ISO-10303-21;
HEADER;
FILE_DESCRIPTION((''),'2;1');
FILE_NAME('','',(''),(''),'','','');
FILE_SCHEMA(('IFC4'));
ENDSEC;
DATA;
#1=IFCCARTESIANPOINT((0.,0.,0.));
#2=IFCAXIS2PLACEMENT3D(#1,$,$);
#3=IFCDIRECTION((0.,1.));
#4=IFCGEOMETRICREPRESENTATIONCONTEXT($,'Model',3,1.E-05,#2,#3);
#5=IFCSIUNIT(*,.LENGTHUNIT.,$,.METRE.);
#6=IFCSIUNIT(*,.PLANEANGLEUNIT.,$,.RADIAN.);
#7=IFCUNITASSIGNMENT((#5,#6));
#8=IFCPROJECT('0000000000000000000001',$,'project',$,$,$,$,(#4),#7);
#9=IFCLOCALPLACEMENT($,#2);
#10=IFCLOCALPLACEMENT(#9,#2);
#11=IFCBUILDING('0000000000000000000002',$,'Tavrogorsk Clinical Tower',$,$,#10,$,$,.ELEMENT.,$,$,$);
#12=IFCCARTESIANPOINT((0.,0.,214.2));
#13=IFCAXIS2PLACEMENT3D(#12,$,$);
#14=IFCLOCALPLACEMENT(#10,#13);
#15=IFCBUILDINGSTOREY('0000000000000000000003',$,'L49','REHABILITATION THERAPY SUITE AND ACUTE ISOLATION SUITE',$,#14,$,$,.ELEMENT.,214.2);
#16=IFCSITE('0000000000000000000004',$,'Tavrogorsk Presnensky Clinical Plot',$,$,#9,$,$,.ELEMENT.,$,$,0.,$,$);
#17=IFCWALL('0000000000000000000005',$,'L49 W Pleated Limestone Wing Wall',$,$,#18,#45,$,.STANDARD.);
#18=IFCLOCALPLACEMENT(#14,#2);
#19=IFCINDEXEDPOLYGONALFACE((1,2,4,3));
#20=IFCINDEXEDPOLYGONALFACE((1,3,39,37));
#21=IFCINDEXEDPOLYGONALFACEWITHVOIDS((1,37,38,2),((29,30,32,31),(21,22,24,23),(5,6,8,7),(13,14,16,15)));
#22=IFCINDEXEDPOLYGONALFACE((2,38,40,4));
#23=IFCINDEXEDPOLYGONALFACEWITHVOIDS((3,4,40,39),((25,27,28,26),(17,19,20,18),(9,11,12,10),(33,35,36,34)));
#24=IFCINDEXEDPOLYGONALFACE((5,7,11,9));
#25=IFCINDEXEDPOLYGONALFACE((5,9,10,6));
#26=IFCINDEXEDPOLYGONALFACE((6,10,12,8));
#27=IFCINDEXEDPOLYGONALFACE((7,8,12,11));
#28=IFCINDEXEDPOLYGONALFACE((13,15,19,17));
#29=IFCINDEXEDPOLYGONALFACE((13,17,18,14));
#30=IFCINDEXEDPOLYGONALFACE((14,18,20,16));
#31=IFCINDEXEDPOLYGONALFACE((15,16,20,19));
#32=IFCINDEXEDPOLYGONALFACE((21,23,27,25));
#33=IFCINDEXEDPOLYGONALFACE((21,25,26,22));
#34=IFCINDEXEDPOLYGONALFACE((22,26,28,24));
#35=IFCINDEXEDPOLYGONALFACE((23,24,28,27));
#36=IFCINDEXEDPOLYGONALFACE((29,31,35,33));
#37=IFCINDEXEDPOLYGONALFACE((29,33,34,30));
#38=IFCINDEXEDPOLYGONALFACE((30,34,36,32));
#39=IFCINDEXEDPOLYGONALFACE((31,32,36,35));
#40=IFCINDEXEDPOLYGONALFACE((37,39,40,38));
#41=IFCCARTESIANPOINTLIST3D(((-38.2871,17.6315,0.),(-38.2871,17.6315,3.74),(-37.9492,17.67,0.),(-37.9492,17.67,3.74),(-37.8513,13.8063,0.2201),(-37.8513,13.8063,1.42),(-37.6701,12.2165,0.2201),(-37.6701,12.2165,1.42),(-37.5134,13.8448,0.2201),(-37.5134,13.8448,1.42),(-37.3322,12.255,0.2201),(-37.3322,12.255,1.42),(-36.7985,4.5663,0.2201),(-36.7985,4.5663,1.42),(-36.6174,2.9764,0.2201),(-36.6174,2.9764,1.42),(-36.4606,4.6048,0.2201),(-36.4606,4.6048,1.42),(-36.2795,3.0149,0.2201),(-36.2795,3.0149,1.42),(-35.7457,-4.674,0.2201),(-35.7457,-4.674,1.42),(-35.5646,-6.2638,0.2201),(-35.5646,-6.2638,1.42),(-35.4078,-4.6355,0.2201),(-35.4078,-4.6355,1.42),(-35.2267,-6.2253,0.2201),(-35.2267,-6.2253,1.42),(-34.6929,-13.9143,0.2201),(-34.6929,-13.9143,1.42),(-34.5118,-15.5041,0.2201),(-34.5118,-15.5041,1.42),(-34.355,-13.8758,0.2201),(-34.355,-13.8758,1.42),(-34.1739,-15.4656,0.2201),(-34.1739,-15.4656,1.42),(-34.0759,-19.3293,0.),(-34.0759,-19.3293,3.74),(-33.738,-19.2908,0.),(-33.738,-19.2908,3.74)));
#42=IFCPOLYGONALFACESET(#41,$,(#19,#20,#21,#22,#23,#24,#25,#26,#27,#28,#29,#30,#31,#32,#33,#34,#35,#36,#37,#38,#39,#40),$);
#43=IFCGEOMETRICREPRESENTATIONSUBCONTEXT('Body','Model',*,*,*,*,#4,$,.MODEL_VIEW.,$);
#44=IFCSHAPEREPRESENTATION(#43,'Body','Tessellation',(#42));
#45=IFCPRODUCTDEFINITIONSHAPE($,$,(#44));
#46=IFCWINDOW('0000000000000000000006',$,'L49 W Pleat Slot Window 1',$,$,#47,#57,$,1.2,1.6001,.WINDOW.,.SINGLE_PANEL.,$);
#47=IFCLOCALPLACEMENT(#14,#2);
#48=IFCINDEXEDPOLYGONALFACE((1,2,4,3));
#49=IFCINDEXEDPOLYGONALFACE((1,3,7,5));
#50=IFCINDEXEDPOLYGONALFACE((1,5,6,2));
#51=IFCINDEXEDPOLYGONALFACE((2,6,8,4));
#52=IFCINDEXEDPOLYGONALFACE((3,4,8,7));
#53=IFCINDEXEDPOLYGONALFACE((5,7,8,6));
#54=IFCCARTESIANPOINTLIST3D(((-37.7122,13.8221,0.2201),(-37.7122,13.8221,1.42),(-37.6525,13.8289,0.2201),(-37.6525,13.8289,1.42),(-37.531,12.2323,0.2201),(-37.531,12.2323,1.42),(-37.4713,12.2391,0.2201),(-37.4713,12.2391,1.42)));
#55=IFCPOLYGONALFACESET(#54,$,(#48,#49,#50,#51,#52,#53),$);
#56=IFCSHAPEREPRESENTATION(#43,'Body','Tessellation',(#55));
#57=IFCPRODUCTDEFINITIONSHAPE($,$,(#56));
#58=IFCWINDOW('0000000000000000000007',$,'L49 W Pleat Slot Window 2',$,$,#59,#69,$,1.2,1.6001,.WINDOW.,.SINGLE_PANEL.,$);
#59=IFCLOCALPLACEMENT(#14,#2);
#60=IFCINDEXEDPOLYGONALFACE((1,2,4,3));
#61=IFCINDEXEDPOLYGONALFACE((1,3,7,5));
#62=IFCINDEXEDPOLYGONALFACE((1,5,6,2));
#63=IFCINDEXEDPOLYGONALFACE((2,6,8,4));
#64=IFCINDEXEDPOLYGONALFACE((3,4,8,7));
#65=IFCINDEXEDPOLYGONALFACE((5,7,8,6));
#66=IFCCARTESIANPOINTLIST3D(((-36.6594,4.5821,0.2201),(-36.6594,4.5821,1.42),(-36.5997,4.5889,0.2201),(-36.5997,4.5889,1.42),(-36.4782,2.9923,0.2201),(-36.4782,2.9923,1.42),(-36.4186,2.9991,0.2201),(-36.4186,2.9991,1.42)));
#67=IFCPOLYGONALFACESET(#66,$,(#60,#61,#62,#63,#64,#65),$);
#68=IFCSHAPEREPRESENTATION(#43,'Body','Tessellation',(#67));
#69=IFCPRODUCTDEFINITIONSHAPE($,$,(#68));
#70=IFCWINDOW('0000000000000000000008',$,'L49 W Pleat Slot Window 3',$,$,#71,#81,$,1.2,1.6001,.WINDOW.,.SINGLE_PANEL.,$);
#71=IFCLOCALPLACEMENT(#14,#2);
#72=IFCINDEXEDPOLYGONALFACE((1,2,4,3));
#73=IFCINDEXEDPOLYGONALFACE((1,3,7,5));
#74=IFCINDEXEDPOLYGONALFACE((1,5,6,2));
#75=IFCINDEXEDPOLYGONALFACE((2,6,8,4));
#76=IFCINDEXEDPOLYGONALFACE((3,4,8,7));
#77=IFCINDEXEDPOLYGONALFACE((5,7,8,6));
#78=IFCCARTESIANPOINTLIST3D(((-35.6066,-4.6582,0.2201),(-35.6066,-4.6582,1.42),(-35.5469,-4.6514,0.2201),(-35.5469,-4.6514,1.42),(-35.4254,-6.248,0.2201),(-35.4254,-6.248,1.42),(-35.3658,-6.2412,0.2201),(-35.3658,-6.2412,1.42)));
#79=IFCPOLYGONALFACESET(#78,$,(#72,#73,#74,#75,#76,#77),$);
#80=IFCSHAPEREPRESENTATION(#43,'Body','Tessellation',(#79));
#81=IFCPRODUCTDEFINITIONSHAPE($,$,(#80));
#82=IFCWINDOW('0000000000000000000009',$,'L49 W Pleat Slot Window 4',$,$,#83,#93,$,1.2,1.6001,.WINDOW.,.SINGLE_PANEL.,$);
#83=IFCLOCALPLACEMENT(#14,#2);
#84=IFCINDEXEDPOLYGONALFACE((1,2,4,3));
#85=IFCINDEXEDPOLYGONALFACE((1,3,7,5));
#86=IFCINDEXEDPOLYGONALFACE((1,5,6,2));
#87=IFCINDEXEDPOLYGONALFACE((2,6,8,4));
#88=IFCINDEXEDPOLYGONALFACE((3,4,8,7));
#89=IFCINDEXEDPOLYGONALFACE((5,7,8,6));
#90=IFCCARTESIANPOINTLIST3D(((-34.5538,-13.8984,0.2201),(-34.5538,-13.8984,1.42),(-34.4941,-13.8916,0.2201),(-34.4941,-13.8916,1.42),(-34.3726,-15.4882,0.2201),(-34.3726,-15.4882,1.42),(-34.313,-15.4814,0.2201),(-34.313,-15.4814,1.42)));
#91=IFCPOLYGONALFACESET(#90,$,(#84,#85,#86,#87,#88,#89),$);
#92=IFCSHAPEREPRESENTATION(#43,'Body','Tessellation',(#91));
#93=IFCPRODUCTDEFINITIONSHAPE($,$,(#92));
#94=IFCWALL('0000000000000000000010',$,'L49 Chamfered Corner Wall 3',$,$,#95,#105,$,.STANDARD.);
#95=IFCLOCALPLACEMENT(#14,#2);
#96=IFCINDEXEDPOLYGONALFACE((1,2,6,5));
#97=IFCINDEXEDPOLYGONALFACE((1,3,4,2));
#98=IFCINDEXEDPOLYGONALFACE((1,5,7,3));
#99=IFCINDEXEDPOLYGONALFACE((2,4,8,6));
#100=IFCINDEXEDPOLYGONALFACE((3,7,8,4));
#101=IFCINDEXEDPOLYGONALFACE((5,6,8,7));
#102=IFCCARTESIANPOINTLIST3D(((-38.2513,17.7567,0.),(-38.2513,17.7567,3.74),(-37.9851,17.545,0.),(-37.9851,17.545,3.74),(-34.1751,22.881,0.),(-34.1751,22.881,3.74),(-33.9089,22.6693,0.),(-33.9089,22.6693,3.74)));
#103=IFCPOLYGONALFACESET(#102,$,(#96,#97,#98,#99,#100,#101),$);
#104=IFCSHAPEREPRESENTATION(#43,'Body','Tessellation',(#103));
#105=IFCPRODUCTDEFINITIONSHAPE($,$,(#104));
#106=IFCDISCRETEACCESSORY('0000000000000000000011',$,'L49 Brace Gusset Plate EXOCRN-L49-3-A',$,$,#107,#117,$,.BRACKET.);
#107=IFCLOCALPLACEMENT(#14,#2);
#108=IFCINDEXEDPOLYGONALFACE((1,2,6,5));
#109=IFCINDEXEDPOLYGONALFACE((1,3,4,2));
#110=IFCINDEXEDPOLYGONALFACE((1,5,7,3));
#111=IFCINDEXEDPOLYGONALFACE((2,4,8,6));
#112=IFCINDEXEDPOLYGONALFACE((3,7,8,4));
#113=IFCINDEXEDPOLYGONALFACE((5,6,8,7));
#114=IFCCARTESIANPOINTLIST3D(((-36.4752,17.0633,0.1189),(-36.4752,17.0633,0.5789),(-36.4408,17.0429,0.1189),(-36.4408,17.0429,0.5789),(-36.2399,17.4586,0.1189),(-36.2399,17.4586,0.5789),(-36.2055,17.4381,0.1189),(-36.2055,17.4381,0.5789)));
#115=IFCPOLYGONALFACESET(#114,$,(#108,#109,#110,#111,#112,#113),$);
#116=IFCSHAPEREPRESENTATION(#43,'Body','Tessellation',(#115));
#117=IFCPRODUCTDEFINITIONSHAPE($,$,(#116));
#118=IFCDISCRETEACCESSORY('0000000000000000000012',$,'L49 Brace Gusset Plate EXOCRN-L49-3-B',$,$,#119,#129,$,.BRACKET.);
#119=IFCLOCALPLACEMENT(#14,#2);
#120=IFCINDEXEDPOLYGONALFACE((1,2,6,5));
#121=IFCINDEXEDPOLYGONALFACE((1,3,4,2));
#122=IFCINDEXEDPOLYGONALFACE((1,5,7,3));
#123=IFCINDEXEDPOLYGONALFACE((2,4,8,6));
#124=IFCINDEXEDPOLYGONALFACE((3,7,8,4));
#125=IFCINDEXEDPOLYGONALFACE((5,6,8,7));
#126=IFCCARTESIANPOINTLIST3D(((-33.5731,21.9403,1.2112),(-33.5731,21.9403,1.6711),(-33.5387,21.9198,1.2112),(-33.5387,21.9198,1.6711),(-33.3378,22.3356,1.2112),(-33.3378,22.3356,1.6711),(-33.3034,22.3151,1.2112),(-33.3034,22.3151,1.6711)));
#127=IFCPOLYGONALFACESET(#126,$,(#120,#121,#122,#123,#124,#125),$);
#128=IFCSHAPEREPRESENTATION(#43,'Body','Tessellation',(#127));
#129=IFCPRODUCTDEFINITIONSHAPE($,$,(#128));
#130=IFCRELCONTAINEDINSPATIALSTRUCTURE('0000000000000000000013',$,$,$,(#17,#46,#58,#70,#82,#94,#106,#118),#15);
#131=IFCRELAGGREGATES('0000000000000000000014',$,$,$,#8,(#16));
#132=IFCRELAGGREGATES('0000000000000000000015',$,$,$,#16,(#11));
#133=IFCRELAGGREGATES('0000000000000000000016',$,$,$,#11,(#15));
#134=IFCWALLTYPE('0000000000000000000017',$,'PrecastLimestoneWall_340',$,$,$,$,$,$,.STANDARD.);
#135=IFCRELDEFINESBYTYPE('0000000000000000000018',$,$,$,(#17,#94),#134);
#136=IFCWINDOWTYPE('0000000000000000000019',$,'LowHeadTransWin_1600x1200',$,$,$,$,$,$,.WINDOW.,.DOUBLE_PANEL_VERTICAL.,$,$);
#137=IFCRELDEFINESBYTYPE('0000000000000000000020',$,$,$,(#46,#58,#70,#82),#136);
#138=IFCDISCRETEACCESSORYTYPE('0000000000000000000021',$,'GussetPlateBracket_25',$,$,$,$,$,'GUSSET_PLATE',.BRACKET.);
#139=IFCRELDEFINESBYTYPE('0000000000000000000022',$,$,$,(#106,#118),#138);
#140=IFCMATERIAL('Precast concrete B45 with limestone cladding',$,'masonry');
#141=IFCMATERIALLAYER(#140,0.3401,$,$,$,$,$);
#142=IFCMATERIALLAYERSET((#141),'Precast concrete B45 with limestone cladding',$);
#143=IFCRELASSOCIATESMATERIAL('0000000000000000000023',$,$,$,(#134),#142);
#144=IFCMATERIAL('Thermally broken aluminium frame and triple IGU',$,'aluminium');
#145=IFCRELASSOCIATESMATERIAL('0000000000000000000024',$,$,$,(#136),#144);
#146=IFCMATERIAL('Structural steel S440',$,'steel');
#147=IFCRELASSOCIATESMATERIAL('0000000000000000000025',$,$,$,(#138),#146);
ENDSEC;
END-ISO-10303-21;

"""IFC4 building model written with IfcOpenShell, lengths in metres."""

from ifc_helpers import new_model, si_unit, direction, frame, frame_2d, origin, origin_2d, place, context, subcontext, project, spatial, rectangle, extrude, material, layer, layer_set, type_object, element, fill, save


model = new_model("IFC4")

# Units and contexts
model_context = context("Model", 3, precision=1e-05, world=origin(), true_north=direction((0.0, 1.0)))
body_context = subcontext(model_context, "Body", "Model", "MODEL_VIEW")
ifc_project = project(units=[si_unit("LENGTHUNIT", "METRE"), si_unit("PLANEANGLEUNIT", "RADIAN")], contexts=[model_context])

# Site, building, storey
site_placement = place(None, origin())
site = spatial("IfcSite", under=ifc_project, at=site_placement, Name="Tavrogorsk Presnensky Clinical Plot", CompositionType="ELEMENT", RefElevation=0.0)
building_placement = place(site_placement, origin())
building = spatial("IfcBuilding", under=site, at=building_placement, Name="Tavrogorsk Clinical Tower", CompositionType="ELEMENT")
storey_placement = place(building_placement, frame((0.0, 0.0, 214.2)))
storey = spatial("IfcBuildingStorey", under=building, at=storey_placement, Name="L49", Description="REHABILITATION THERAPY SUITE AND ACUTE ISOLATION SUITE", CompositionType="ELEMENT", Elevation=214.2)

# Wall, openings, windows
ifc_material_1 = material(Name="Precast concrete B45 with limestone cladding", Category="masonry")
ifc_layer_1 = layer(ifc_material_1, 0.3401)
ifc_layer_set_1 = layer_set([ifc_layer_1], Name="Precast concrete B45 with limestone cladding")
wall_type_1 = type_object("IfcWallType", Name="PrecastLimestoneWall_340", PredefinedType="STANDARD", material=ifc_layer_set_1)
wall_1_placement = place(storey_placement, frame((-38.1182, 17.6509, 0.0), z_axis=(0.0, 0.0, 1.0), x_axis=(0.113204, -0.993572, 0.0)))
wall_1 = element("IfcWall", 1, at=wall_1_placement, inside=storey, type_object=wall_type_1, Name="L49 W Pleated Limestone Wing Wall", PredefinedType="STANDARD", context=body_context, shape_type="SweptSolid", body=[
    extrude(rectangle(XDim=37.2, YDim=0.3401, at=frame_2d((18.6001, 0.0))), origin(), (0.0, 0.0, 1.0), 3.74),
])
opening_1_placement = place(wall_1_placement, frame((3.8501, 0.0, 0.22)))
opening_1 = element("IfcOpeningElement", 2, at=opening_1_placement, cuts=wall_1, PredefinedType="OPENING", context=body_context, shape_type="SweptSolid", body=[
    extrude(rectangle(XDim=1.6001, YDim=1.2, at=frame_2d((0.8, 0.6001))), frame((0.0, 0.1799, 0.0), z_axis=(0.0, -1.0, 0.0), x_axis=(1.0, 0.0, 0.0)), (0.0, 0.0, 1.0), 0.3601),
])
opening_2_placement = place(wall_1_placement, frame((13.1499, 0.0, 0.22)))
opening_2 = element("IfcOpeningElement", 3, at=opening_2_placement, cuts=wall_1, PredefinedType="OPENING", context=body_context, shape_type="SweptSolid", body=[
    extrude(rectangle(XDim=1.6001, YDim=1.2, at=frame_2d((0.8, 0.6001))), frame((0.0, 0.1799, 0.0), z_axis=(0.0, -1.0, 0.0), x_axis=(1.0, 0.0, 0.0)), (0.0, 0.0, 1.0), 0.3601),
])
opening_3_placement = place(wall_1_placement, frame((22.45, 0.0, 0.22)))
opening_3 = element("IfcOpeningElement", 4, at=opening_3_placement, cuts=wall_1, PredefinedType="OPENING", context=body_context, shape_type="SweptSolid", body=[
    extrude(rectangle(XDim=1.6001, YDim=1.2, at=frame_2d((0.8, 0.6001))), frame((0.0, 0.1799, 0.0), z_axis=(0.0, -1.0, 0.0), x_axis=(1.0, 0.0, 0.0)), (0.0, 0.0, 1.0), 0.3601),
])
opening_4_placement = place(wall_1_placement, frame((31.75, 0.0, 0.22)))
opening_4 = element("IfcOpeningElement", 5, at=opening_4_placement, cuts=wall_1, PredefinedType="OPENING", context=body_context, shape_type="SweptSolid", body=[
    extrude(rectangle(XDim=1.6001, YDim=1.2, at=frame_2d((0.8, 0.6001))), frame((0.0, 0.1799, 0.0), z_axis=(0.0, -1.0, 0.0), x_axis=(1.0, 0.0, 0.0)), (0.0, 0.0, 1.0), 0.3601),
])
ifc_material_2 = material(Name="Thermally broken aluminium frame and triple IGU", Category="aluminium")
window_type = type_object("IfcWindowType", Name="LowHeadTransWin_1600x1200", PartitioningType="DOUBLE_PANEL_VERTICAL", PredefinedType="WINDOW", material=ifc_material_2)
window_1_placement = place(opening_1_placement, origin())
window_1 = element("IfcWindow", 6, at=window_1_placement, inside=storey, type_object=window_type, Name="L49 W Pleat Slot Window 1", OverallHeight=1.2, OverallWidth=1.6001, PartitioningType="SINGLE_PANEL", PredefinedType="WINDOW", context=body_context, shape_type="SweptSolid", body=[
    extrude(rectangle(XDim=1.6001, YDim=1.2, at=frame_2d((0.8, 0.6001))), frame((0.0, 0.03, 0.0), z_axis=(0.0, -1.0, 0.0), x_axis=(1.0, 0.0, 0.0)), (0.0, 0.0, 1.0), 0.0601),
])
fill(opening_1, window_1)
window_2_placement = place(opening_2_placement, origin())
window_2 = element("IfcWindow", 7, at=window_2_placement, inside=storey, type_object=window_type, Name="L49 W Pleat Slot Window 2", OverallHeight=1.2, OverallWidth=1.6001, PartitioningType="SINGLE_PANEL", PredefinedType="WINDOW", context=body_context, shape_type="SweptSolid", body=[
    extrude(rectangle(XDim=1.6001, YDim=1.2, at=frame_2d((0.8, 0.6001))), frame((0.0, 0.03, 0.0), z_axis=(0.0, -1.0, 0.0), x_axis=(1.0, 0.0, 0.0)), (0.0, 0.0, 1.0), 0.0601),
])
fill(opening_2, window_2)
window_3_placement = place(opening_3_placement, origin())
window_3 = element("IfcWindow", 8, at=window_3_placement, inside=storey, type_object=window_type, Name="L49 W Pleat Slot Window 3", OverallHeight=1.2, OverallWidth=1.6001, PartitioningType="SINGLE_PANEL", PredefinedType="WINDOW", context=body_context, shape_type="SweptSolid", body=[
    extrude(rectangle(XDim=1.6001, YDim=1.2, at=frame_2d((0.8, 0.6001))), frame((0.0, 0.03, 0.0), z_axis=(0.0, -1.0, 0.0), x_axis=(1.0, 0.0, 0.0)), (0.0, 0.0, 1.0), 0.0601),
])
fill(opening_3, window_3)
window_4_placement = place(opening_4_placement, origin())
window_4 = element("IfcWindow", 9, at=window_4_placement, inside=storey, type_object=window_type, Name="L49 W Pleat Slot Window 4", OverallHeight=1.2, OverallWidth=1.6001, PartitioningType="SINGLE_PANEL", PredefinedType="WINDOW", context=body_context, shape_type="SweptSolid", body=[
    extrude(rectangle(XDim=1.6001, YDim=1.2, at=frame_2d((0.8, 0.6001))), frame((0.0, 0.03, 0.0), z_axis=(0.0, -1.0, 0.0), x_axis=(1.0, 0.0, 0.0)), (0.0, 0.0, 1.0), 0.0601),
])
fill(opening_4, window_4)

# Wall
wall_2_placement = place(storey_placement, frame((-34.042, 22.7751, 0.0), z_axis=(0.0, 0.0, 1.0), x_axis=(-0.622528, -0.782597, 0.0)))
element("IfcWall", 10, at=wall_2_placement, inside=storey, type_object=wall_type_1, Name="L49 Chamfered Corner Wall 3", PredefinedType="STANDARD", context=body_context, shape_type="SweptSolid", body=[
    extrude(rectangle(XDim=6.5479, YDim=0.3401, at=frame_2d((3.2739, 0.0))), origin(), (0.0, 0.0, 1.0), 3.74),
])

# Discrete accessories
ifc_material_3 = material(Name="Structural steel S440", Category="steel")
discrete_accessory_type = type_object("IfcDiscreteAccessoryType", Name="GussetPlateBracket_25", ElementType="GUSSET_PLATE", PredefinedType="BRACKET", material=ifc_material_3)
for number, where, z_axis, x_axis, name in (
    (11, (-36.3403, 17.2507, 0.1189), (0.0, 0.0, 1.0), (0.511443, 0.859317, 0.0), "L49 Brace Gusset Plate EXOCRN-L49-3-A"),
    (12, (-33.4382, 22.1277, 1.2112), (0.0, 0.0, 1.0), (0.511443, 0.859317, 0.0), "L49 Brace Gusset Plate EXOCRN-L49-3-B"),
):
    element("IfcDiscreteAccessory", number, at=place(storey_placement, frame(where, z_axis=z_axis, x_axis=x_axis)), inside=storey, type_object=discrete_accessory_type, Name=name, PredefinedType="BRACKET", context=body_context, shape_type="SweptSolid", body=[
        extrude(rectangle(XDim=0.46, YDim=0.04, at=origin_2d()), origin(), (0.0, 0.0, 1.0), 0.46),
    ])

save(model, "model.ifc")
